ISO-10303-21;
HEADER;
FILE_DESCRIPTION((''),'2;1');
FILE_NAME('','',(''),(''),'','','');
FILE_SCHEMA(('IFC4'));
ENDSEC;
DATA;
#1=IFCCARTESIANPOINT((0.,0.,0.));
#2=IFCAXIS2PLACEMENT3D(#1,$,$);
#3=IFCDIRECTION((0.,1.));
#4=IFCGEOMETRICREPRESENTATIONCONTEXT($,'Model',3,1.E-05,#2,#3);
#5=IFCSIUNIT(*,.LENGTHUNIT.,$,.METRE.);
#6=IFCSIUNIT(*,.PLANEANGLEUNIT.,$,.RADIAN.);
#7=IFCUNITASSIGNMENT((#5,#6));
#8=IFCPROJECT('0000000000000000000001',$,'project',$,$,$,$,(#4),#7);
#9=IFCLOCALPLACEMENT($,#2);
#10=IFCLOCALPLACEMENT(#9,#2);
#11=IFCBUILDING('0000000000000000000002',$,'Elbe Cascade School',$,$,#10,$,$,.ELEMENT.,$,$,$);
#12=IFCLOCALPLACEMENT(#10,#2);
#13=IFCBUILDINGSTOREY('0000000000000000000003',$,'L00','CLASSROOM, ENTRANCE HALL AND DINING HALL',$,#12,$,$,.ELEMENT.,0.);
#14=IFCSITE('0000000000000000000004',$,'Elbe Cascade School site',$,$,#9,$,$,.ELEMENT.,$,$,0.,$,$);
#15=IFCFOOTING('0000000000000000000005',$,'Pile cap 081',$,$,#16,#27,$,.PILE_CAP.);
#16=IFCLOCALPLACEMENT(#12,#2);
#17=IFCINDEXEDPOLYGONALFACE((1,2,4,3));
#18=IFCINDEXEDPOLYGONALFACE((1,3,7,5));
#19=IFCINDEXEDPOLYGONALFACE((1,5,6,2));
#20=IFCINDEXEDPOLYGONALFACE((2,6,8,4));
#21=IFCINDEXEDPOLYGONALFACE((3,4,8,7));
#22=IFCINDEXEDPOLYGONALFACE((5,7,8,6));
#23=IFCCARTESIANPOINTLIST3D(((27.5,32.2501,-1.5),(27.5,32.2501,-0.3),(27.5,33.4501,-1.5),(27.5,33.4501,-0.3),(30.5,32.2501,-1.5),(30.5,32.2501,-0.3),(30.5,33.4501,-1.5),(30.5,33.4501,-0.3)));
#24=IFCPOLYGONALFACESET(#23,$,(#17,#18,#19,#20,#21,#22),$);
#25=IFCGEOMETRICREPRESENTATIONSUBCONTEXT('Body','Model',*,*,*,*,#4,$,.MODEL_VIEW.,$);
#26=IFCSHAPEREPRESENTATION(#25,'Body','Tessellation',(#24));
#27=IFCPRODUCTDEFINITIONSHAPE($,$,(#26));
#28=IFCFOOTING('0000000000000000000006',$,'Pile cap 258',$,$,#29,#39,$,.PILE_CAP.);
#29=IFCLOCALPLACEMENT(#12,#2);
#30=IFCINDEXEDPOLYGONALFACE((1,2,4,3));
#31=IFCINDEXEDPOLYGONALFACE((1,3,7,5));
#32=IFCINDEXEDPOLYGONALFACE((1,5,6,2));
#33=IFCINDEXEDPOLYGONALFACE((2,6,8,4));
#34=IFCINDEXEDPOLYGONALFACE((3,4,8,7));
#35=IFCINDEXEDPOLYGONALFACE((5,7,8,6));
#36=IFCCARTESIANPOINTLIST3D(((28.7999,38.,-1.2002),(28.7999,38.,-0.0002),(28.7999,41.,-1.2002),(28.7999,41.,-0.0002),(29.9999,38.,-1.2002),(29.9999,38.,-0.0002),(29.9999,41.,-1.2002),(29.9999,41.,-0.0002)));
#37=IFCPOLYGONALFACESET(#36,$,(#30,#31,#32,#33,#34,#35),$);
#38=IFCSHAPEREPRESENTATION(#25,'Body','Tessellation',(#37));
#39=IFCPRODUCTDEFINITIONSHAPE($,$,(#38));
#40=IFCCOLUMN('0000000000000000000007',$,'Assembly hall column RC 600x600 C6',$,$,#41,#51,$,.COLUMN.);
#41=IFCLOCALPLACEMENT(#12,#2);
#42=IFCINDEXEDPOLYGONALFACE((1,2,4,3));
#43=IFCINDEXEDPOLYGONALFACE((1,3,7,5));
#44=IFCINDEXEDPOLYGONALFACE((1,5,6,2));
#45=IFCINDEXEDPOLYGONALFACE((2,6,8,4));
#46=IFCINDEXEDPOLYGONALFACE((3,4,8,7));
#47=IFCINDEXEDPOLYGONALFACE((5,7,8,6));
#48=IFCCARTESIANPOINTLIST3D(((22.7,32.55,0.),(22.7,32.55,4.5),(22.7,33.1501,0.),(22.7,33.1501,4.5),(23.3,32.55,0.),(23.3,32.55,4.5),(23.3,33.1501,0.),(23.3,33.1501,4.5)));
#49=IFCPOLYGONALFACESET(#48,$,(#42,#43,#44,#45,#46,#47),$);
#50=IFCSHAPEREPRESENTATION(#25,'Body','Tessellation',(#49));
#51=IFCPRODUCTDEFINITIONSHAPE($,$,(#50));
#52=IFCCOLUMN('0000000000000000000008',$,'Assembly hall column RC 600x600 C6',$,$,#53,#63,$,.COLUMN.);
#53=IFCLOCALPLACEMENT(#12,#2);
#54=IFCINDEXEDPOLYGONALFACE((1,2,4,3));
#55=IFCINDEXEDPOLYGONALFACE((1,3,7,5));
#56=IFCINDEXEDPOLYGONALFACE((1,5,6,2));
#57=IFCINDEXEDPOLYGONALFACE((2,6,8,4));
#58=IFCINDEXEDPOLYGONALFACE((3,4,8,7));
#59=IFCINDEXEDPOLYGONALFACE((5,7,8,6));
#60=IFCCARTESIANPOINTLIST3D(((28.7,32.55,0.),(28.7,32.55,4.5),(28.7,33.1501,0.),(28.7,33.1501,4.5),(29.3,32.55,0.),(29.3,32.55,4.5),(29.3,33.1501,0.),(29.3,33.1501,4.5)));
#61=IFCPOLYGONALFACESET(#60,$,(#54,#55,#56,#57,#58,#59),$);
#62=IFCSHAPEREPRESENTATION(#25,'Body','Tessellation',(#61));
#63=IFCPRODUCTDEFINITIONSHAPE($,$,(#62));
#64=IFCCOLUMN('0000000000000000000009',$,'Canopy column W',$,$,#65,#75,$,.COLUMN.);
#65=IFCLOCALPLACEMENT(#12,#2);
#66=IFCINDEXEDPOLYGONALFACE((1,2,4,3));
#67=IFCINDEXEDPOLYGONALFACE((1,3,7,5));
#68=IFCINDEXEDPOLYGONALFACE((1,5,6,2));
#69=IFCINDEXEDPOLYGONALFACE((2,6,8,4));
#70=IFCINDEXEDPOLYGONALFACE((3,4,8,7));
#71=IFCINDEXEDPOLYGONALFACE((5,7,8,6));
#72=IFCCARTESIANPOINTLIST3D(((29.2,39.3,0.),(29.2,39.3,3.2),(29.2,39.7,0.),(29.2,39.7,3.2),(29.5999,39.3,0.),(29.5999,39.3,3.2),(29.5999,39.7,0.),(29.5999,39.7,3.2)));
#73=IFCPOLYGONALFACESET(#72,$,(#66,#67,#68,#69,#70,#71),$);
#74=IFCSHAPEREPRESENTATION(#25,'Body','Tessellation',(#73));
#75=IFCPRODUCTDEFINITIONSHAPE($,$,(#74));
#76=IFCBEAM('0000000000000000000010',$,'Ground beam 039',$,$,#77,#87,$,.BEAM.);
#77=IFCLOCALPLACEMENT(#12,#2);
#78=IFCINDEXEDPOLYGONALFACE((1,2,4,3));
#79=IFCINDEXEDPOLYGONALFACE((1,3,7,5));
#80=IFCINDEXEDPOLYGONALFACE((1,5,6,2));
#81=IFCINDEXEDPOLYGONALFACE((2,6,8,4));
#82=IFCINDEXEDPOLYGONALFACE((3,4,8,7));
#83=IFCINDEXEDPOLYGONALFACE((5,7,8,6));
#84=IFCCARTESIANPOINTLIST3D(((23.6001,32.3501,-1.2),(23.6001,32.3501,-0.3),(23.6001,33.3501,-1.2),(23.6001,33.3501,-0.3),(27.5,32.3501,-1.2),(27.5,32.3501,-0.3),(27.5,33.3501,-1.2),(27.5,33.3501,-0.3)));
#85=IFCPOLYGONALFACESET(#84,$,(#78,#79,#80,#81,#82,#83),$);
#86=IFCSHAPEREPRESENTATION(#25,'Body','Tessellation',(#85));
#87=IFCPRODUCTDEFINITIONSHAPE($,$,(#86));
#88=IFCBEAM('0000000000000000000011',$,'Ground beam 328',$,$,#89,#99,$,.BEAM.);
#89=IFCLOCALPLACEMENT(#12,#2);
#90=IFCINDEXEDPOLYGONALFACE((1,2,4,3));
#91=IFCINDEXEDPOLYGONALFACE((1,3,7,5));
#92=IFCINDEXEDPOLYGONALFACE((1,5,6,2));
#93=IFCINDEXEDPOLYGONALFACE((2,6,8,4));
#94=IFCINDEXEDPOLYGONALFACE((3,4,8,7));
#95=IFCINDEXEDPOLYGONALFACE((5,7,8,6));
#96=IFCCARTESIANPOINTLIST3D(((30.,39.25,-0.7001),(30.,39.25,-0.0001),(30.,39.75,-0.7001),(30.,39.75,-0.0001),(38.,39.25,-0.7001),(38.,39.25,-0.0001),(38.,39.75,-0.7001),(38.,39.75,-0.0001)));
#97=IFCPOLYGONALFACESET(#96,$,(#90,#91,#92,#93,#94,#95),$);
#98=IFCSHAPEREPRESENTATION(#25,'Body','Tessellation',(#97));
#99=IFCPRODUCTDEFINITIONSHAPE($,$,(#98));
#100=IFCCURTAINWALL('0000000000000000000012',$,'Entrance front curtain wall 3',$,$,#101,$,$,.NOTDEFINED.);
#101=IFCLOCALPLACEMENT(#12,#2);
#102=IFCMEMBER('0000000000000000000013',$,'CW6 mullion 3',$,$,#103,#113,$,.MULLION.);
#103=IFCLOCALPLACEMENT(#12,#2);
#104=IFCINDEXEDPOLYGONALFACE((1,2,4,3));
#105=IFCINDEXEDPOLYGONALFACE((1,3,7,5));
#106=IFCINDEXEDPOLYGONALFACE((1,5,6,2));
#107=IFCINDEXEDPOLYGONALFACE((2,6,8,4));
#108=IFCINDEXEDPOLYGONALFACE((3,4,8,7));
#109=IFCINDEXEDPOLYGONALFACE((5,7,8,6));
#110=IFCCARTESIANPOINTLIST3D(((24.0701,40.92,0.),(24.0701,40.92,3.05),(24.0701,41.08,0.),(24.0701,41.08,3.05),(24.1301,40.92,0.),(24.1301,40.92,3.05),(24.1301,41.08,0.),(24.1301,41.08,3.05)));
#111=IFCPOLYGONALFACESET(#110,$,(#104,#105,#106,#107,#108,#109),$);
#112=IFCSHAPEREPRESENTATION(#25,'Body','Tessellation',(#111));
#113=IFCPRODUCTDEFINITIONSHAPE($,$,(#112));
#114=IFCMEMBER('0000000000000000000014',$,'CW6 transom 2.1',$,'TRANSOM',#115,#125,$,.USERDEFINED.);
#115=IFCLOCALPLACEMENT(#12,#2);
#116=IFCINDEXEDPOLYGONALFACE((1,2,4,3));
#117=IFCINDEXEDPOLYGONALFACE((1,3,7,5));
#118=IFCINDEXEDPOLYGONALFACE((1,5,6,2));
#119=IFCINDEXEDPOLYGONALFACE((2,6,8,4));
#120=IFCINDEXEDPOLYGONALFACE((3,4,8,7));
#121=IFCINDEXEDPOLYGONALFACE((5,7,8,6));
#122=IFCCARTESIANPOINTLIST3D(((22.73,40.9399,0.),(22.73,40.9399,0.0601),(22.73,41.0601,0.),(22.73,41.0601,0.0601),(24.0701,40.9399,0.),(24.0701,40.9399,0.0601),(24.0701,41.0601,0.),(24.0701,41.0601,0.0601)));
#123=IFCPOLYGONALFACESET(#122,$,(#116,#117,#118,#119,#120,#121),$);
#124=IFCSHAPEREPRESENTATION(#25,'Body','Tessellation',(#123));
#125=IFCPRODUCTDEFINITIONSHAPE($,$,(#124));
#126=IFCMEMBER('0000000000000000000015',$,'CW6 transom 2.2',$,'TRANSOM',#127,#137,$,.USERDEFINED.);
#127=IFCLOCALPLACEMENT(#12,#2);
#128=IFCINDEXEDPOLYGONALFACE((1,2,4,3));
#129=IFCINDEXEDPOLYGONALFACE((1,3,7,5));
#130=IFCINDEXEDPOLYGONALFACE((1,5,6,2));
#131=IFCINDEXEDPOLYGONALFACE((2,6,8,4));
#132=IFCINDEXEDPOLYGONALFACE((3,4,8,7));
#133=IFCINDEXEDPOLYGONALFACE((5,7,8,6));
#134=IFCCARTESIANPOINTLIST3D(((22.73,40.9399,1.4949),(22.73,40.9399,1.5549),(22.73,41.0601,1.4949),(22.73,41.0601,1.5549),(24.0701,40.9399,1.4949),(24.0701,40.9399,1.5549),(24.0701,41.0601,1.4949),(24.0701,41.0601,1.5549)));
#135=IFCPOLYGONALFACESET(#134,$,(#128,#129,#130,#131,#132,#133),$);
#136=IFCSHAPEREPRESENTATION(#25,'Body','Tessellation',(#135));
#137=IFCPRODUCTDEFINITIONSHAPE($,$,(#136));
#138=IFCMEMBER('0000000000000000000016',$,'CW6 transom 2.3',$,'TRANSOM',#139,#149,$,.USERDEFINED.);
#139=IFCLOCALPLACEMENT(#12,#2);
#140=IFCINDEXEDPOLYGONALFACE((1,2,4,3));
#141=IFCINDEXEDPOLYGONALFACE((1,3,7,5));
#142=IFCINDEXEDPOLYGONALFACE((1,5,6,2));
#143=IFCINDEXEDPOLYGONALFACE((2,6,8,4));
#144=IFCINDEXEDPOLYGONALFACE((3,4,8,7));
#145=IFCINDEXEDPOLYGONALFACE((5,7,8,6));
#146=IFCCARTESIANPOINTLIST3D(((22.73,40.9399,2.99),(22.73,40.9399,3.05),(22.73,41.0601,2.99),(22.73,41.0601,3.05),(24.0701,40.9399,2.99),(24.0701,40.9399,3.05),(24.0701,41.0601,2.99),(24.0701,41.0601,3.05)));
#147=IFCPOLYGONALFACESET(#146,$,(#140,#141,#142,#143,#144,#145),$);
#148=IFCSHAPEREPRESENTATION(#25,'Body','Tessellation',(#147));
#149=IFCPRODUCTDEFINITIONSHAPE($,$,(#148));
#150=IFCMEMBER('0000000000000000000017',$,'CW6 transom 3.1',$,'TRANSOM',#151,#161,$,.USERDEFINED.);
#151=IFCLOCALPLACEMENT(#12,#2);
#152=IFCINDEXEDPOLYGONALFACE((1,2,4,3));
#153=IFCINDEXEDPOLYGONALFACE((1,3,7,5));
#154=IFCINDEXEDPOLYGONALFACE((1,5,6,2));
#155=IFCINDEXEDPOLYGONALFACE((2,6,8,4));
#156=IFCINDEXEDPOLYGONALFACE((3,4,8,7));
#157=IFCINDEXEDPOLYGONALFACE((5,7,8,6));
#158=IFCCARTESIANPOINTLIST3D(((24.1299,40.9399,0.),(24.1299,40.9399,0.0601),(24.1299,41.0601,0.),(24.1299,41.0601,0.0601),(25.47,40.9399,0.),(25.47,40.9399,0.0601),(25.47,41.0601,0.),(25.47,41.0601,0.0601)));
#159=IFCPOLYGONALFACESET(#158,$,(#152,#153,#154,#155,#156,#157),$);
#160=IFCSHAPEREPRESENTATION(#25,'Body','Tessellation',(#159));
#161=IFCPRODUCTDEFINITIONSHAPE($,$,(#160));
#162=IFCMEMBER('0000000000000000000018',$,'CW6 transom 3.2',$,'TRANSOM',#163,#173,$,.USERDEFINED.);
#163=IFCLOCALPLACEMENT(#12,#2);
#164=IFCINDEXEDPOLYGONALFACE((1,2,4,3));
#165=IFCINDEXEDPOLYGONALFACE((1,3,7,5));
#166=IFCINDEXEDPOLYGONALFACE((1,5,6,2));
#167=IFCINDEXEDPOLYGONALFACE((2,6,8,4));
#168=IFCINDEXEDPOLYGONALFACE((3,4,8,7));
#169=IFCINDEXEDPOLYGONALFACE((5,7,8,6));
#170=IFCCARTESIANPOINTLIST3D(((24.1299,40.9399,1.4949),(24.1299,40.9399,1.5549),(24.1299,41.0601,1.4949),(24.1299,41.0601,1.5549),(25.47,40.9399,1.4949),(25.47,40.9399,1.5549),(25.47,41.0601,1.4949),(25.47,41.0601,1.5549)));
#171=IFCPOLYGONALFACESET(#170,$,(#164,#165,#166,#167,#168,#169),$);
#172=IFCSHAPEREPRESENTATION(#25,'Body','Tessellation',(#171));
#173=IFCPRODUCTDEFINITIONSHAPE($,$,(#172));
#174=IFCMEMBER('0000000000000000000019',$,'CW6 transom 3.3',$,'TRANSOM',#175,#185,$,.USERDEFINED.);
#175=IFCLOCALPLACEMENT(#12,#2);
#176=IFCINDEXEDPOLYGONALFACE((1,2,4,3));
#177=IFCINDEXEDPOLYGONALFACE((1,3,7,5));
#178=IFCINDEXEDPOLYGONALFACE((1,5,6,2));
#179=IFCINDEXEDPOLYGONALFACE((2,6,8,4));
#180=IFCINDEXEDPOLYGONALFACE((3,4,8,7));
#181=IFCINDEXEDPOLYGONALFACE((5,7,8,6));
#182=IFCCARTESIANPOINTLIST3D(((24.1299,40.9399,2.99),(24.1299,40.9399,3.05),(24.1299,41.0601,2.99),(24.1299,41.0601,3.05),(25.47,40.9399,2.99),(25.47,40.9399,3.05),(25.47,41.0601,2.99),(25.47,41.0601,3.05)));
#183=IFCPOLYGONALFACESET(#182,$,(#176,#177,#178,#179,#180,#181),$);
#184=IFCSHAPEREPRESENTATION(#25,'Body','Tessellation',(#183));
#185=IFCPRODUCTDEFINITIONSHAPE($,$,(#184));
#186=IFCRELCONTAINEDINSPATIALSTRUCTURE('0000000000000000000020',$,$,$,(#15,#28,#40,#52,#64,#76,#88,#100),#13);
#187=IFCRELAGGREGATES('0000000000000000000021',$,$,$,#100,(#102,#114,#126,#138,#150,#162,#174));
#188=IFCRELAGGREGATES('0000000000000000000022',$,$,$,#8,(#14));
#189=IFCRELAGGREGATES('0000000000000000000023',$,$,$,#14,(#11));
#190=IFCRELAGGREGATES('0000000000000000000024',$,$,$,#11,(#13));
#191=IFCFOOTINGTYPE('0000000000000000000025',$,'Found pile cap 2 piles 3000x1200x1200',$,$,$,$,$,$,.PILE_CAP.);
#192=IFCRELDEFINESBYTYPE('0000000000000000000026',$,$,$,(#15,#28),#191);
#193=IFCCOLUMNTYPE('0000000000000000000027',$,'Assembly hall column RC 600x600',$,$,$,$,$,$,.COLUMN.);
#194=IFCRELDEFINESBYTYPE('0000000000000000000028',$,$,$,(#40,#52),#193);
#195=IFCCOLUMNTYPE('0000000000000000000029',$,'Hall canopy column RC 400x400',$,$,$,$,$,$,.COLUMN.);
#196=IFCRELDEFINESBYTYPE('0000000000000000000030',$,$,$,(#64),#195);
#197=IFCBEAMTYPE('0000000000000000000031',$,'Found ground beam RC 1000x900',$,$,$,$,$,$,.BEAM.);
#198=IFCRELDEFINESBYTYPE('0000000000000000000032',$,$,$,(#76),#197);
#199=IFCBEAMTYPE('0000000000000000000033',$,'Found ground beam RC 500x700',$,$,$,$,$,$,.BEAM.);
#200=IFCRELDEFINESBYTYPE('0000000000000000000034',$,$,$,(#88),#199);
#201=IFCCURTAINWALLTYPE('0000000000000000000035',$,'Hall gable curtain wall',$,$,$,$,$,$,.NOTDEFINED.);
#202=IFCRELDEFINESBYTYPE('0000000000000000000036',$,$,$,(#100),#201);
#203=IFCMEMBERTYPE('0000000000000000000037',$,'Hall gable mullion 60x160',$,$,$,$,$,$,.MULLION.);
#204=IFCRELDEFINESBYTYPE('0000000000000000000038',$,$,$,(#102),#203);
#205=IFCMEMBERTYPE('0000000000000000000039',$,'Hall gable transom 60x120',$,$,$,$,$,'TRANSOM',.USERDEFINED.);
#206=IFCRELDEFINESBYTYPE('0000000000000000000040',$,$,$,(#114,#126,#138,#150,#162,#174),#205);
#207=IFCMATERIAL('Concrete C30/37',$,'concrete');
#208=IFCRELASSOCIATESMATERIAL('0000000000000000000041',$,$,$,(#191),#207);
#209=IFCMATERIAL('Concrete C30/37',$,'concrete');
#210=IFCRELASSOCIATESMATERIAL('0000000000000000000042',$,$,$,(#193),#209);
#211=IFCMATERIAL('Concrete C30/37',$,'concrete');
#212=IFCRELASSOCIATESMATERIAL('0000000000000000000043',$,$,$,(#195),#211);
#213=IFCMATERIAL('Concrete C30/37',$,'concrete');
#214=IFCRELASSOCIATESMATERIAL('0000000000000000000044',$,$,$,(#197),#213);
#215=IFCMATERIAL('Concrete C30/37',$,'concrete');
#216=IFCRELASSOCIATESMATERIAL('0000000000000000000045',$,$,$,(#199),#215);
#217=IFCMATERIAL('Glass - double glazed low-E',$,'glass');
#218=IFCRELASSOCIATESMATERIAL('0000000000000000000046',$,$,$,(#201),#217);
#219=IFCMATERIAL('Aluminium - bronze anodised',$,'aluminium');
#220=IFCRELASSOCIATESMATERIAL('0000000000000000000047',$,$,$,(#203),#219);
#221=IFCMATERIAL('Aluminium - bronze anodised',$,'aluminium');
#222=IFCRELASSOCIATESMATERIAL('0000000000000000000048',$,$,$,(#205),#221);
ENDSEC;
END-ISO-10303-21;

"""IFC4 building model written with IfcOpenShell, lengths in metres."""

from ifc_helpers import new_model, si_unit, direction, frame, origin, origin_2d, place, context, subcontext, project, spatial, rectangle, extrude, material, material_profile, profile_set, type_object, element, aggregate, save


model = new_model("IFC4")

# Units and contexts
model_context = context("Model", 3, precision=1e-05, world=origin(), true_north=direction((0.0, 1.0)))
body_context = subcontext(model_context, "Body", "Model", "MODEL_VIEW")
ifc_project = project(units=[si_unit("LENGTHUNIT", "METRE"), si_unit("PLANEANGLEUNIT", "RADIAN")], contexts=[model_context])

# Site, building, storey
site_placement = place(None, origin())
site = spatial("IfcSite", under=ifc_project, at=site_placement, Name="Elbe Cascade School site", CompositionType="ELEMENT", RefElevation=0.0)
building_placement = place(site_placement, origin())
building = spatial("IfcBuilding", under=site, at=building_placement, Name="Elbe Cascade School", CompositionType="ELEMENT")
storey_placement = place(building_placement, origin())
storey = spatial("IfcBuildingStorey", under=building, at=storey_placement, Name="L00", Description="CLASSROOM, ENTRANCE HALL AND DINING HALL", CompositionType="ELEMENT", Elevation=0.0)

# Footings
ifc_material_1 = material(Name="Concrete C30/37", Category="concrete")
footing_type = type_object("IfcFootingType", Name="Found pile cap 2 piles 3000x1200x1200", PredefinedType="PILE_CAP", material=ifc_material_1)
footing_1_placement = place(storey_placement, frame((29.0, 32.8501, -1.5), z_axis=(0.0, 0.0, 1.0), x_axis=(1.0, 0.0, 0.0)))
element("IfcFooting", 1, at=footing_1_placement, inside=storey, type_object=footing_type, Name="Pile cap 081", PredefinedType="PILE_CAP", context=body_context, shape_type="SweptSolid", body=[
    extrude(rectangle(XDim=3.0, YDim=1.2, at=origin_2d()), origin(), (0.0, 0.0, 1.0), 1.2),
])
footing_2_placement = place(storey_placement, frame((29.3999, 39.5, -1.2002), z_axis=(0.0, 0.0, 1.0), x_axis=(1.0, 0.0, 0.0)))
element("IfcFooting", 2, at=footing_2_placement, inside=storey, type_object=footing_type, Name="Pile cap 258", PredefinedType="PILE_CAP", context=body_context, shape_type="SweptSolid", body=[
    extrude(rectangle(XDim=1.2, YDim=3.0, at=origin_2d()), origin(), (0.0, 0.0, 1.0), 1.2),
])

# Columns
ifc_material_2 = material(Name="Concrete C30/37", Category="concrete")
ifc_material_profile_1 = material_profile(ifc_material_2, rectangle(XDim=0.6001, YDim=0.6001, at=origin_2d()), Name="RC 600x600")
ifc_profile_set_1 = profile_set([ifc_material_profile_1], Name="Concrete C30/37")
column_type_1 = type_object("IfcColumnType", Name="Assembly hall column RC 600x600", PredefinedType="COLUMN", material=ifc_profile_set_1)
for number, where, z_axis, x_axis, name in (
    (3, (23.0, 32.8501, 0.0), (0.0, 0.0, 1.0), (1.0, 0.0, 0.0), "Assembly hall column RC 600x600 C6"),
    (4, (29.0, 32.8501, 0.0), (0.0, 0.0, 1.0), (1.0, 0.0, 0.0), "Assembly hall column RC 600x600 C6"),
):
    element("IfcColumn", number, at=place(storey_placement, frame(where, z_axis=z_axis, x_axis=x_axis)), inside=storey, type_object=column_type_1, Name=name, PredefinedType="COLUMN", context=body_context, shape_type="SweptSolid", body=[
        extrude(rectangle(XDim=0.6001, YDim=0.6001, at=origin_2d()), origin(), (0.0, 0.0, 1.0), 4.5),
    ])
ifc_material_3 = material(Name="Concrete C30/37", Category="concrete")
ifc_material_profile_2 = material_profile(ifc_material_3, rectangle(XDim=0.3999, YDim=0.3999, at=origin_2d()), Name="RC 400x400")
ifc_profile_set_2 = profile_set([ifc_material_profile_2], Name="Concrete C30/37")
column_type_2 = type_object("IfcColumnType", Name="Hall canopy column RC 400x400", PredefinedType="COLUMN", material=ifc_profile_set_2)
column_placement = place(storey_placement, frame((29.3999, 39.5, 0.0), z_axis=(0.0, 0.0, 1.0), x_axis=(1.0, 0.0, 0.0)))
element("IfcColumn", 5, at=column_placement, inside=storey, type_object=column_type_2, Name="Canopy column W", PredefinedType="COLUMN", context=body_context, shape_type="SweptSolid", body=[
    extrude(rectangle(XDim=0.3999, YDim=0.3999, at=origin_2d()), origin(), (0.0, 0.0, 1.0), 3.2),
])

# Beams
ifc_material_4 = material(Name="Concrete C30/37", Category="concrete")
ifc_material_profile_3 = material_profile(ifc_material_4, rectangle(XDim=1.0, YDim=0.8999, at=origin_2d()), Name="RC 1000x900")
ifc_profile_set_3 = profile_set([ifc_material_profile_3], Name="Concrete C30/37")
beam_type_1 = type_object("IfcBeamType", Name="Found ground beam RC 1000x900", PredefinedType="BEAM", material=ifc_profile_set_3)
beam_1_placement = place(storey_placement, frame((23.6001, 32.8501, -0.75), z_axis=(1.0, 0.0, 0.0), x_axis=(0.0, 1.0, 0.0)))
element("IfcBeam", 6, at=beam_1_placement, inside=storey, type_object=beam_type_1, Name="Ground beam 039", PredefinedType="BEAM", context=body_context, shape_type="SweptSolid", body=[
    extrude(rectangle(XDim=1.0, YDim=0.8999, at=origin_2d()), origin(), (0.0, 0.0, 1.0), 3.8999),
])
ifc_material_5 = material(Name="Concrete C30/37", Category="concrete")
ifc_material_profile_4 = material_profile(ifc_material_5, rectangle(XDim=0.5, YDim=0.7, at=origin_2d()), Name="RC 500x700")
ifc_profile_set_4 = profile_set([ifc_material_profile_4], Name="Concrete C30/37")
beam_type_2 = type_object("IfcBeamType", Name="Found ground beam RC 500x700", PredefinedType="BEAM", material=ifc_profile_set_4)
beam_2_placement = place(storey_placement, frame((30.0, 39.5, -0.3501), z_axis=(1.0, 0.0, 0.0), x_axis=(0.0, 1.0, 0.0)))
element("IfcBeam", 7, at=beam_2_placement, inside=storey, type_object=beam_type_2, Name="Ground beam 328", PredefinedType="BEAM", context=body_context, shape_type="SweptSolid", body=[
    extrude(rectangle(XDim=0.5, YDim=0.7, at=origin_2d()), origin(), (0.0, 0.0, 1.0), 8.0),
])

# Curtain wall, members
ifc_material_6 = material(Name="Glass - double glazed low-E", Category="glass")
curtain_wall_type = type_object("IfcCurtainWallType", Name="Hall gable curtain wall", PredefinedType="NOTDEFINED", material=ifc_material_6)
curtain_wall_placement = place(storey_placement, origin())
curtain_wall = element("IfcCurtainWall", 8, at=curtain_wall_placement, inside=storey, type_object=curtain_wall_type, Name="Entrance front curtain wall 3", PredefinedType="NOTDEFINED")
ifc_material_7 = material(Name="Aluminium - bronze anodised", Category="aluminium")
ifc_material_profile_5 = material_profile(ifc_material_7, rectangle(XDim=0.1599, YDim=0.0601, at=origin_2d()), Name="Alu 60x160")
ifc_profile_set_5 = profile_set([ifc_material_profile_5], Name="Aluminium - bronze anodised")
member_type_1 = type_object("IfcMemberType", Name="Hall gable mullion 60x160", PredefinedType="MULLION", material=ifc_profile_set_5)
member_1_placement = place(storey_placement, frame((24.1001, 41.0, 0.0), z_axis=(0.0, 0.0, 1.0), x_axis=(0.0, 1.0, 0.0)))
member_1 = element("IfcMember", 9, at=member_1_placement, type_object=member_type_1, Name="CW6 mullion 3", PredefinedType="MULLION", context=body_context, shape_type="SweptSolid", body=[
    extrude(rectangle(XDim=0.1599, YDim=0.0601, at=origin_2d()), origin(), (0.0, 0.0, 1.0), 3.05),
])
ifc_material_8 = material(Name="Aluminium - bronze anodised", Category="aluminium")
ifc_material_profile_6 = material_profile(ifc_material_8, rectangle(XDim=0.1201, YDim=0.0601, at=origin_2d()), Name="Alu 60x120")
ifc_profile_set_6 = profile_set([ifc_material_profile_6], Name="Aluminium - bronze anodised")
member_type_2 = type_object("IfcMemberType", Name="Hall gable transom 60x120", ElementType="TRANSOM", PredefinedType="USERDEFINED", material=ifc_profile_set_6)
member_2_placement = place(storey_placement, frame((22.73, 41.0, 0.03), z_axis=(1.0, 0.0, 0.0), x_axis=(0.0, 1.0, 0.0)))
member_2 = element("IfcMember", 10, at=member_2_placement, type_object=member_type_2, Name="CW6 transom 2.1", ObjectType="TRANSOM", PredefinedType="USERDEFINED", context=body_context, shape_type="SweptSolid", body=[
    extrude(rectangle(XDim=0.1201, YDim=0.0601, at=origin_2d()), origin(), (0.0, 0.0, 1.0), 1.3401),
])
member_3_placement = place(storey_placement, frame((22.73, 41.0, 1.5249), z_axis=(1.0, 0.0, 0.0), x_axis=(0.0, 1.0, 0.0)))
member_3 = element("IfcMember", 11, at=member_3_placement, type_object=member_type_2, Name="CW6 transom 2.2", ObjectType="TRANSOM", PredefinedType="USERDEFINED", context=body_context, shape_type="SweptSolid", body=[
    extrude(rectangle(XDim=0.1201, YDim=0.0601, at=origin_2d()), origin(), (0.0, 0.0, 1.0), 1.3401),
])
member_4_placement = place(storey_placement, frame((22.73, 41.0, 3.02), z_axis=(1.0, 0.0, 0.0), x_axis=(0.0, 1.0, 0.0)))
member_4 = element("IfcMember", 12, at=member_4_placement, type_object=member_type_2, Name="CW6 transom 2.3", ObjectType="TRANSOM", PredefinedType="USERDEFINED", context=body_context, shape_type="SweptSolid", body=[
    extrude(rectangle(XDim=0.1201, YDim=0.0601, at=origin_2d()), origin(), (0.0, 0.0, 1.0), 1.3401),
])
member_5_placement = place(storey_placement, frame((24.1299, 41.0, 0.03), z_axis=(1.0, 0.0, 0.0), x_axis=(0.0, 1.0, 0.0)))
member_5 = element("IfcMember", 13, at=member_5_placement, type_object=member_type_2, Name="CW6 transom 3.1", ObjectType="TRANSOM", PredefinedType="USERDEFINED", context=body_context, shape_type="SweptSolid", body=[
    extrude(rectangle(XDim=0.1201, YDim=0.0601, at=origin_2d()), origin(), (0.0, 0.0, 1.0), 1.3401),
])
member_6_placement = place(storey_placement, frame((24.1299, 41.0, 1.5249), z_axis=(1.0, 0.0, 0.0), x_axis=(0.0, 1.0, 0.0)))
member_6 = element("IfcMember", 14, at=member_6_placement, type_object=member_type_2, Name="CW6 transom 3.2", ObjectType="TRANSOM", PredefinedType="USERDEFINED", context=body_context, shape_type="SweptSolid", body=[
    extrude(rectangle(XDim=0.1201, YDim=0.0601, at=origin_2d()), origin(), (0.0, 0.0, 1.0), 1.3401),
])
member_7_placement = place(storey_placement, frame((24.1299, 41.0, 3.02), z_axis=(1.0, 0.0, 0.0), x_axis=(0.0, 1.0, 0.0)))
member_7 = element("IfcMember", 15, at=member_7_placement, type_object=member_type_2, Name="CW6 transom 3.3", ObjectType="TRANSOM", PredefinedType="USERDEFINED", context=body_context, shape_type="SweptSolid", body=[
    extrude(rectangle(XDim=0.1201, YDim=0.0601, at=origin_2d()), origin(), (0.0, 0.0, 1.0), 1.3401),
])
aggregate(curtain_wall, [member_1, member_2, member_3, member_4, member_5, member_6, member_7])

save(model, "model.ifc")
